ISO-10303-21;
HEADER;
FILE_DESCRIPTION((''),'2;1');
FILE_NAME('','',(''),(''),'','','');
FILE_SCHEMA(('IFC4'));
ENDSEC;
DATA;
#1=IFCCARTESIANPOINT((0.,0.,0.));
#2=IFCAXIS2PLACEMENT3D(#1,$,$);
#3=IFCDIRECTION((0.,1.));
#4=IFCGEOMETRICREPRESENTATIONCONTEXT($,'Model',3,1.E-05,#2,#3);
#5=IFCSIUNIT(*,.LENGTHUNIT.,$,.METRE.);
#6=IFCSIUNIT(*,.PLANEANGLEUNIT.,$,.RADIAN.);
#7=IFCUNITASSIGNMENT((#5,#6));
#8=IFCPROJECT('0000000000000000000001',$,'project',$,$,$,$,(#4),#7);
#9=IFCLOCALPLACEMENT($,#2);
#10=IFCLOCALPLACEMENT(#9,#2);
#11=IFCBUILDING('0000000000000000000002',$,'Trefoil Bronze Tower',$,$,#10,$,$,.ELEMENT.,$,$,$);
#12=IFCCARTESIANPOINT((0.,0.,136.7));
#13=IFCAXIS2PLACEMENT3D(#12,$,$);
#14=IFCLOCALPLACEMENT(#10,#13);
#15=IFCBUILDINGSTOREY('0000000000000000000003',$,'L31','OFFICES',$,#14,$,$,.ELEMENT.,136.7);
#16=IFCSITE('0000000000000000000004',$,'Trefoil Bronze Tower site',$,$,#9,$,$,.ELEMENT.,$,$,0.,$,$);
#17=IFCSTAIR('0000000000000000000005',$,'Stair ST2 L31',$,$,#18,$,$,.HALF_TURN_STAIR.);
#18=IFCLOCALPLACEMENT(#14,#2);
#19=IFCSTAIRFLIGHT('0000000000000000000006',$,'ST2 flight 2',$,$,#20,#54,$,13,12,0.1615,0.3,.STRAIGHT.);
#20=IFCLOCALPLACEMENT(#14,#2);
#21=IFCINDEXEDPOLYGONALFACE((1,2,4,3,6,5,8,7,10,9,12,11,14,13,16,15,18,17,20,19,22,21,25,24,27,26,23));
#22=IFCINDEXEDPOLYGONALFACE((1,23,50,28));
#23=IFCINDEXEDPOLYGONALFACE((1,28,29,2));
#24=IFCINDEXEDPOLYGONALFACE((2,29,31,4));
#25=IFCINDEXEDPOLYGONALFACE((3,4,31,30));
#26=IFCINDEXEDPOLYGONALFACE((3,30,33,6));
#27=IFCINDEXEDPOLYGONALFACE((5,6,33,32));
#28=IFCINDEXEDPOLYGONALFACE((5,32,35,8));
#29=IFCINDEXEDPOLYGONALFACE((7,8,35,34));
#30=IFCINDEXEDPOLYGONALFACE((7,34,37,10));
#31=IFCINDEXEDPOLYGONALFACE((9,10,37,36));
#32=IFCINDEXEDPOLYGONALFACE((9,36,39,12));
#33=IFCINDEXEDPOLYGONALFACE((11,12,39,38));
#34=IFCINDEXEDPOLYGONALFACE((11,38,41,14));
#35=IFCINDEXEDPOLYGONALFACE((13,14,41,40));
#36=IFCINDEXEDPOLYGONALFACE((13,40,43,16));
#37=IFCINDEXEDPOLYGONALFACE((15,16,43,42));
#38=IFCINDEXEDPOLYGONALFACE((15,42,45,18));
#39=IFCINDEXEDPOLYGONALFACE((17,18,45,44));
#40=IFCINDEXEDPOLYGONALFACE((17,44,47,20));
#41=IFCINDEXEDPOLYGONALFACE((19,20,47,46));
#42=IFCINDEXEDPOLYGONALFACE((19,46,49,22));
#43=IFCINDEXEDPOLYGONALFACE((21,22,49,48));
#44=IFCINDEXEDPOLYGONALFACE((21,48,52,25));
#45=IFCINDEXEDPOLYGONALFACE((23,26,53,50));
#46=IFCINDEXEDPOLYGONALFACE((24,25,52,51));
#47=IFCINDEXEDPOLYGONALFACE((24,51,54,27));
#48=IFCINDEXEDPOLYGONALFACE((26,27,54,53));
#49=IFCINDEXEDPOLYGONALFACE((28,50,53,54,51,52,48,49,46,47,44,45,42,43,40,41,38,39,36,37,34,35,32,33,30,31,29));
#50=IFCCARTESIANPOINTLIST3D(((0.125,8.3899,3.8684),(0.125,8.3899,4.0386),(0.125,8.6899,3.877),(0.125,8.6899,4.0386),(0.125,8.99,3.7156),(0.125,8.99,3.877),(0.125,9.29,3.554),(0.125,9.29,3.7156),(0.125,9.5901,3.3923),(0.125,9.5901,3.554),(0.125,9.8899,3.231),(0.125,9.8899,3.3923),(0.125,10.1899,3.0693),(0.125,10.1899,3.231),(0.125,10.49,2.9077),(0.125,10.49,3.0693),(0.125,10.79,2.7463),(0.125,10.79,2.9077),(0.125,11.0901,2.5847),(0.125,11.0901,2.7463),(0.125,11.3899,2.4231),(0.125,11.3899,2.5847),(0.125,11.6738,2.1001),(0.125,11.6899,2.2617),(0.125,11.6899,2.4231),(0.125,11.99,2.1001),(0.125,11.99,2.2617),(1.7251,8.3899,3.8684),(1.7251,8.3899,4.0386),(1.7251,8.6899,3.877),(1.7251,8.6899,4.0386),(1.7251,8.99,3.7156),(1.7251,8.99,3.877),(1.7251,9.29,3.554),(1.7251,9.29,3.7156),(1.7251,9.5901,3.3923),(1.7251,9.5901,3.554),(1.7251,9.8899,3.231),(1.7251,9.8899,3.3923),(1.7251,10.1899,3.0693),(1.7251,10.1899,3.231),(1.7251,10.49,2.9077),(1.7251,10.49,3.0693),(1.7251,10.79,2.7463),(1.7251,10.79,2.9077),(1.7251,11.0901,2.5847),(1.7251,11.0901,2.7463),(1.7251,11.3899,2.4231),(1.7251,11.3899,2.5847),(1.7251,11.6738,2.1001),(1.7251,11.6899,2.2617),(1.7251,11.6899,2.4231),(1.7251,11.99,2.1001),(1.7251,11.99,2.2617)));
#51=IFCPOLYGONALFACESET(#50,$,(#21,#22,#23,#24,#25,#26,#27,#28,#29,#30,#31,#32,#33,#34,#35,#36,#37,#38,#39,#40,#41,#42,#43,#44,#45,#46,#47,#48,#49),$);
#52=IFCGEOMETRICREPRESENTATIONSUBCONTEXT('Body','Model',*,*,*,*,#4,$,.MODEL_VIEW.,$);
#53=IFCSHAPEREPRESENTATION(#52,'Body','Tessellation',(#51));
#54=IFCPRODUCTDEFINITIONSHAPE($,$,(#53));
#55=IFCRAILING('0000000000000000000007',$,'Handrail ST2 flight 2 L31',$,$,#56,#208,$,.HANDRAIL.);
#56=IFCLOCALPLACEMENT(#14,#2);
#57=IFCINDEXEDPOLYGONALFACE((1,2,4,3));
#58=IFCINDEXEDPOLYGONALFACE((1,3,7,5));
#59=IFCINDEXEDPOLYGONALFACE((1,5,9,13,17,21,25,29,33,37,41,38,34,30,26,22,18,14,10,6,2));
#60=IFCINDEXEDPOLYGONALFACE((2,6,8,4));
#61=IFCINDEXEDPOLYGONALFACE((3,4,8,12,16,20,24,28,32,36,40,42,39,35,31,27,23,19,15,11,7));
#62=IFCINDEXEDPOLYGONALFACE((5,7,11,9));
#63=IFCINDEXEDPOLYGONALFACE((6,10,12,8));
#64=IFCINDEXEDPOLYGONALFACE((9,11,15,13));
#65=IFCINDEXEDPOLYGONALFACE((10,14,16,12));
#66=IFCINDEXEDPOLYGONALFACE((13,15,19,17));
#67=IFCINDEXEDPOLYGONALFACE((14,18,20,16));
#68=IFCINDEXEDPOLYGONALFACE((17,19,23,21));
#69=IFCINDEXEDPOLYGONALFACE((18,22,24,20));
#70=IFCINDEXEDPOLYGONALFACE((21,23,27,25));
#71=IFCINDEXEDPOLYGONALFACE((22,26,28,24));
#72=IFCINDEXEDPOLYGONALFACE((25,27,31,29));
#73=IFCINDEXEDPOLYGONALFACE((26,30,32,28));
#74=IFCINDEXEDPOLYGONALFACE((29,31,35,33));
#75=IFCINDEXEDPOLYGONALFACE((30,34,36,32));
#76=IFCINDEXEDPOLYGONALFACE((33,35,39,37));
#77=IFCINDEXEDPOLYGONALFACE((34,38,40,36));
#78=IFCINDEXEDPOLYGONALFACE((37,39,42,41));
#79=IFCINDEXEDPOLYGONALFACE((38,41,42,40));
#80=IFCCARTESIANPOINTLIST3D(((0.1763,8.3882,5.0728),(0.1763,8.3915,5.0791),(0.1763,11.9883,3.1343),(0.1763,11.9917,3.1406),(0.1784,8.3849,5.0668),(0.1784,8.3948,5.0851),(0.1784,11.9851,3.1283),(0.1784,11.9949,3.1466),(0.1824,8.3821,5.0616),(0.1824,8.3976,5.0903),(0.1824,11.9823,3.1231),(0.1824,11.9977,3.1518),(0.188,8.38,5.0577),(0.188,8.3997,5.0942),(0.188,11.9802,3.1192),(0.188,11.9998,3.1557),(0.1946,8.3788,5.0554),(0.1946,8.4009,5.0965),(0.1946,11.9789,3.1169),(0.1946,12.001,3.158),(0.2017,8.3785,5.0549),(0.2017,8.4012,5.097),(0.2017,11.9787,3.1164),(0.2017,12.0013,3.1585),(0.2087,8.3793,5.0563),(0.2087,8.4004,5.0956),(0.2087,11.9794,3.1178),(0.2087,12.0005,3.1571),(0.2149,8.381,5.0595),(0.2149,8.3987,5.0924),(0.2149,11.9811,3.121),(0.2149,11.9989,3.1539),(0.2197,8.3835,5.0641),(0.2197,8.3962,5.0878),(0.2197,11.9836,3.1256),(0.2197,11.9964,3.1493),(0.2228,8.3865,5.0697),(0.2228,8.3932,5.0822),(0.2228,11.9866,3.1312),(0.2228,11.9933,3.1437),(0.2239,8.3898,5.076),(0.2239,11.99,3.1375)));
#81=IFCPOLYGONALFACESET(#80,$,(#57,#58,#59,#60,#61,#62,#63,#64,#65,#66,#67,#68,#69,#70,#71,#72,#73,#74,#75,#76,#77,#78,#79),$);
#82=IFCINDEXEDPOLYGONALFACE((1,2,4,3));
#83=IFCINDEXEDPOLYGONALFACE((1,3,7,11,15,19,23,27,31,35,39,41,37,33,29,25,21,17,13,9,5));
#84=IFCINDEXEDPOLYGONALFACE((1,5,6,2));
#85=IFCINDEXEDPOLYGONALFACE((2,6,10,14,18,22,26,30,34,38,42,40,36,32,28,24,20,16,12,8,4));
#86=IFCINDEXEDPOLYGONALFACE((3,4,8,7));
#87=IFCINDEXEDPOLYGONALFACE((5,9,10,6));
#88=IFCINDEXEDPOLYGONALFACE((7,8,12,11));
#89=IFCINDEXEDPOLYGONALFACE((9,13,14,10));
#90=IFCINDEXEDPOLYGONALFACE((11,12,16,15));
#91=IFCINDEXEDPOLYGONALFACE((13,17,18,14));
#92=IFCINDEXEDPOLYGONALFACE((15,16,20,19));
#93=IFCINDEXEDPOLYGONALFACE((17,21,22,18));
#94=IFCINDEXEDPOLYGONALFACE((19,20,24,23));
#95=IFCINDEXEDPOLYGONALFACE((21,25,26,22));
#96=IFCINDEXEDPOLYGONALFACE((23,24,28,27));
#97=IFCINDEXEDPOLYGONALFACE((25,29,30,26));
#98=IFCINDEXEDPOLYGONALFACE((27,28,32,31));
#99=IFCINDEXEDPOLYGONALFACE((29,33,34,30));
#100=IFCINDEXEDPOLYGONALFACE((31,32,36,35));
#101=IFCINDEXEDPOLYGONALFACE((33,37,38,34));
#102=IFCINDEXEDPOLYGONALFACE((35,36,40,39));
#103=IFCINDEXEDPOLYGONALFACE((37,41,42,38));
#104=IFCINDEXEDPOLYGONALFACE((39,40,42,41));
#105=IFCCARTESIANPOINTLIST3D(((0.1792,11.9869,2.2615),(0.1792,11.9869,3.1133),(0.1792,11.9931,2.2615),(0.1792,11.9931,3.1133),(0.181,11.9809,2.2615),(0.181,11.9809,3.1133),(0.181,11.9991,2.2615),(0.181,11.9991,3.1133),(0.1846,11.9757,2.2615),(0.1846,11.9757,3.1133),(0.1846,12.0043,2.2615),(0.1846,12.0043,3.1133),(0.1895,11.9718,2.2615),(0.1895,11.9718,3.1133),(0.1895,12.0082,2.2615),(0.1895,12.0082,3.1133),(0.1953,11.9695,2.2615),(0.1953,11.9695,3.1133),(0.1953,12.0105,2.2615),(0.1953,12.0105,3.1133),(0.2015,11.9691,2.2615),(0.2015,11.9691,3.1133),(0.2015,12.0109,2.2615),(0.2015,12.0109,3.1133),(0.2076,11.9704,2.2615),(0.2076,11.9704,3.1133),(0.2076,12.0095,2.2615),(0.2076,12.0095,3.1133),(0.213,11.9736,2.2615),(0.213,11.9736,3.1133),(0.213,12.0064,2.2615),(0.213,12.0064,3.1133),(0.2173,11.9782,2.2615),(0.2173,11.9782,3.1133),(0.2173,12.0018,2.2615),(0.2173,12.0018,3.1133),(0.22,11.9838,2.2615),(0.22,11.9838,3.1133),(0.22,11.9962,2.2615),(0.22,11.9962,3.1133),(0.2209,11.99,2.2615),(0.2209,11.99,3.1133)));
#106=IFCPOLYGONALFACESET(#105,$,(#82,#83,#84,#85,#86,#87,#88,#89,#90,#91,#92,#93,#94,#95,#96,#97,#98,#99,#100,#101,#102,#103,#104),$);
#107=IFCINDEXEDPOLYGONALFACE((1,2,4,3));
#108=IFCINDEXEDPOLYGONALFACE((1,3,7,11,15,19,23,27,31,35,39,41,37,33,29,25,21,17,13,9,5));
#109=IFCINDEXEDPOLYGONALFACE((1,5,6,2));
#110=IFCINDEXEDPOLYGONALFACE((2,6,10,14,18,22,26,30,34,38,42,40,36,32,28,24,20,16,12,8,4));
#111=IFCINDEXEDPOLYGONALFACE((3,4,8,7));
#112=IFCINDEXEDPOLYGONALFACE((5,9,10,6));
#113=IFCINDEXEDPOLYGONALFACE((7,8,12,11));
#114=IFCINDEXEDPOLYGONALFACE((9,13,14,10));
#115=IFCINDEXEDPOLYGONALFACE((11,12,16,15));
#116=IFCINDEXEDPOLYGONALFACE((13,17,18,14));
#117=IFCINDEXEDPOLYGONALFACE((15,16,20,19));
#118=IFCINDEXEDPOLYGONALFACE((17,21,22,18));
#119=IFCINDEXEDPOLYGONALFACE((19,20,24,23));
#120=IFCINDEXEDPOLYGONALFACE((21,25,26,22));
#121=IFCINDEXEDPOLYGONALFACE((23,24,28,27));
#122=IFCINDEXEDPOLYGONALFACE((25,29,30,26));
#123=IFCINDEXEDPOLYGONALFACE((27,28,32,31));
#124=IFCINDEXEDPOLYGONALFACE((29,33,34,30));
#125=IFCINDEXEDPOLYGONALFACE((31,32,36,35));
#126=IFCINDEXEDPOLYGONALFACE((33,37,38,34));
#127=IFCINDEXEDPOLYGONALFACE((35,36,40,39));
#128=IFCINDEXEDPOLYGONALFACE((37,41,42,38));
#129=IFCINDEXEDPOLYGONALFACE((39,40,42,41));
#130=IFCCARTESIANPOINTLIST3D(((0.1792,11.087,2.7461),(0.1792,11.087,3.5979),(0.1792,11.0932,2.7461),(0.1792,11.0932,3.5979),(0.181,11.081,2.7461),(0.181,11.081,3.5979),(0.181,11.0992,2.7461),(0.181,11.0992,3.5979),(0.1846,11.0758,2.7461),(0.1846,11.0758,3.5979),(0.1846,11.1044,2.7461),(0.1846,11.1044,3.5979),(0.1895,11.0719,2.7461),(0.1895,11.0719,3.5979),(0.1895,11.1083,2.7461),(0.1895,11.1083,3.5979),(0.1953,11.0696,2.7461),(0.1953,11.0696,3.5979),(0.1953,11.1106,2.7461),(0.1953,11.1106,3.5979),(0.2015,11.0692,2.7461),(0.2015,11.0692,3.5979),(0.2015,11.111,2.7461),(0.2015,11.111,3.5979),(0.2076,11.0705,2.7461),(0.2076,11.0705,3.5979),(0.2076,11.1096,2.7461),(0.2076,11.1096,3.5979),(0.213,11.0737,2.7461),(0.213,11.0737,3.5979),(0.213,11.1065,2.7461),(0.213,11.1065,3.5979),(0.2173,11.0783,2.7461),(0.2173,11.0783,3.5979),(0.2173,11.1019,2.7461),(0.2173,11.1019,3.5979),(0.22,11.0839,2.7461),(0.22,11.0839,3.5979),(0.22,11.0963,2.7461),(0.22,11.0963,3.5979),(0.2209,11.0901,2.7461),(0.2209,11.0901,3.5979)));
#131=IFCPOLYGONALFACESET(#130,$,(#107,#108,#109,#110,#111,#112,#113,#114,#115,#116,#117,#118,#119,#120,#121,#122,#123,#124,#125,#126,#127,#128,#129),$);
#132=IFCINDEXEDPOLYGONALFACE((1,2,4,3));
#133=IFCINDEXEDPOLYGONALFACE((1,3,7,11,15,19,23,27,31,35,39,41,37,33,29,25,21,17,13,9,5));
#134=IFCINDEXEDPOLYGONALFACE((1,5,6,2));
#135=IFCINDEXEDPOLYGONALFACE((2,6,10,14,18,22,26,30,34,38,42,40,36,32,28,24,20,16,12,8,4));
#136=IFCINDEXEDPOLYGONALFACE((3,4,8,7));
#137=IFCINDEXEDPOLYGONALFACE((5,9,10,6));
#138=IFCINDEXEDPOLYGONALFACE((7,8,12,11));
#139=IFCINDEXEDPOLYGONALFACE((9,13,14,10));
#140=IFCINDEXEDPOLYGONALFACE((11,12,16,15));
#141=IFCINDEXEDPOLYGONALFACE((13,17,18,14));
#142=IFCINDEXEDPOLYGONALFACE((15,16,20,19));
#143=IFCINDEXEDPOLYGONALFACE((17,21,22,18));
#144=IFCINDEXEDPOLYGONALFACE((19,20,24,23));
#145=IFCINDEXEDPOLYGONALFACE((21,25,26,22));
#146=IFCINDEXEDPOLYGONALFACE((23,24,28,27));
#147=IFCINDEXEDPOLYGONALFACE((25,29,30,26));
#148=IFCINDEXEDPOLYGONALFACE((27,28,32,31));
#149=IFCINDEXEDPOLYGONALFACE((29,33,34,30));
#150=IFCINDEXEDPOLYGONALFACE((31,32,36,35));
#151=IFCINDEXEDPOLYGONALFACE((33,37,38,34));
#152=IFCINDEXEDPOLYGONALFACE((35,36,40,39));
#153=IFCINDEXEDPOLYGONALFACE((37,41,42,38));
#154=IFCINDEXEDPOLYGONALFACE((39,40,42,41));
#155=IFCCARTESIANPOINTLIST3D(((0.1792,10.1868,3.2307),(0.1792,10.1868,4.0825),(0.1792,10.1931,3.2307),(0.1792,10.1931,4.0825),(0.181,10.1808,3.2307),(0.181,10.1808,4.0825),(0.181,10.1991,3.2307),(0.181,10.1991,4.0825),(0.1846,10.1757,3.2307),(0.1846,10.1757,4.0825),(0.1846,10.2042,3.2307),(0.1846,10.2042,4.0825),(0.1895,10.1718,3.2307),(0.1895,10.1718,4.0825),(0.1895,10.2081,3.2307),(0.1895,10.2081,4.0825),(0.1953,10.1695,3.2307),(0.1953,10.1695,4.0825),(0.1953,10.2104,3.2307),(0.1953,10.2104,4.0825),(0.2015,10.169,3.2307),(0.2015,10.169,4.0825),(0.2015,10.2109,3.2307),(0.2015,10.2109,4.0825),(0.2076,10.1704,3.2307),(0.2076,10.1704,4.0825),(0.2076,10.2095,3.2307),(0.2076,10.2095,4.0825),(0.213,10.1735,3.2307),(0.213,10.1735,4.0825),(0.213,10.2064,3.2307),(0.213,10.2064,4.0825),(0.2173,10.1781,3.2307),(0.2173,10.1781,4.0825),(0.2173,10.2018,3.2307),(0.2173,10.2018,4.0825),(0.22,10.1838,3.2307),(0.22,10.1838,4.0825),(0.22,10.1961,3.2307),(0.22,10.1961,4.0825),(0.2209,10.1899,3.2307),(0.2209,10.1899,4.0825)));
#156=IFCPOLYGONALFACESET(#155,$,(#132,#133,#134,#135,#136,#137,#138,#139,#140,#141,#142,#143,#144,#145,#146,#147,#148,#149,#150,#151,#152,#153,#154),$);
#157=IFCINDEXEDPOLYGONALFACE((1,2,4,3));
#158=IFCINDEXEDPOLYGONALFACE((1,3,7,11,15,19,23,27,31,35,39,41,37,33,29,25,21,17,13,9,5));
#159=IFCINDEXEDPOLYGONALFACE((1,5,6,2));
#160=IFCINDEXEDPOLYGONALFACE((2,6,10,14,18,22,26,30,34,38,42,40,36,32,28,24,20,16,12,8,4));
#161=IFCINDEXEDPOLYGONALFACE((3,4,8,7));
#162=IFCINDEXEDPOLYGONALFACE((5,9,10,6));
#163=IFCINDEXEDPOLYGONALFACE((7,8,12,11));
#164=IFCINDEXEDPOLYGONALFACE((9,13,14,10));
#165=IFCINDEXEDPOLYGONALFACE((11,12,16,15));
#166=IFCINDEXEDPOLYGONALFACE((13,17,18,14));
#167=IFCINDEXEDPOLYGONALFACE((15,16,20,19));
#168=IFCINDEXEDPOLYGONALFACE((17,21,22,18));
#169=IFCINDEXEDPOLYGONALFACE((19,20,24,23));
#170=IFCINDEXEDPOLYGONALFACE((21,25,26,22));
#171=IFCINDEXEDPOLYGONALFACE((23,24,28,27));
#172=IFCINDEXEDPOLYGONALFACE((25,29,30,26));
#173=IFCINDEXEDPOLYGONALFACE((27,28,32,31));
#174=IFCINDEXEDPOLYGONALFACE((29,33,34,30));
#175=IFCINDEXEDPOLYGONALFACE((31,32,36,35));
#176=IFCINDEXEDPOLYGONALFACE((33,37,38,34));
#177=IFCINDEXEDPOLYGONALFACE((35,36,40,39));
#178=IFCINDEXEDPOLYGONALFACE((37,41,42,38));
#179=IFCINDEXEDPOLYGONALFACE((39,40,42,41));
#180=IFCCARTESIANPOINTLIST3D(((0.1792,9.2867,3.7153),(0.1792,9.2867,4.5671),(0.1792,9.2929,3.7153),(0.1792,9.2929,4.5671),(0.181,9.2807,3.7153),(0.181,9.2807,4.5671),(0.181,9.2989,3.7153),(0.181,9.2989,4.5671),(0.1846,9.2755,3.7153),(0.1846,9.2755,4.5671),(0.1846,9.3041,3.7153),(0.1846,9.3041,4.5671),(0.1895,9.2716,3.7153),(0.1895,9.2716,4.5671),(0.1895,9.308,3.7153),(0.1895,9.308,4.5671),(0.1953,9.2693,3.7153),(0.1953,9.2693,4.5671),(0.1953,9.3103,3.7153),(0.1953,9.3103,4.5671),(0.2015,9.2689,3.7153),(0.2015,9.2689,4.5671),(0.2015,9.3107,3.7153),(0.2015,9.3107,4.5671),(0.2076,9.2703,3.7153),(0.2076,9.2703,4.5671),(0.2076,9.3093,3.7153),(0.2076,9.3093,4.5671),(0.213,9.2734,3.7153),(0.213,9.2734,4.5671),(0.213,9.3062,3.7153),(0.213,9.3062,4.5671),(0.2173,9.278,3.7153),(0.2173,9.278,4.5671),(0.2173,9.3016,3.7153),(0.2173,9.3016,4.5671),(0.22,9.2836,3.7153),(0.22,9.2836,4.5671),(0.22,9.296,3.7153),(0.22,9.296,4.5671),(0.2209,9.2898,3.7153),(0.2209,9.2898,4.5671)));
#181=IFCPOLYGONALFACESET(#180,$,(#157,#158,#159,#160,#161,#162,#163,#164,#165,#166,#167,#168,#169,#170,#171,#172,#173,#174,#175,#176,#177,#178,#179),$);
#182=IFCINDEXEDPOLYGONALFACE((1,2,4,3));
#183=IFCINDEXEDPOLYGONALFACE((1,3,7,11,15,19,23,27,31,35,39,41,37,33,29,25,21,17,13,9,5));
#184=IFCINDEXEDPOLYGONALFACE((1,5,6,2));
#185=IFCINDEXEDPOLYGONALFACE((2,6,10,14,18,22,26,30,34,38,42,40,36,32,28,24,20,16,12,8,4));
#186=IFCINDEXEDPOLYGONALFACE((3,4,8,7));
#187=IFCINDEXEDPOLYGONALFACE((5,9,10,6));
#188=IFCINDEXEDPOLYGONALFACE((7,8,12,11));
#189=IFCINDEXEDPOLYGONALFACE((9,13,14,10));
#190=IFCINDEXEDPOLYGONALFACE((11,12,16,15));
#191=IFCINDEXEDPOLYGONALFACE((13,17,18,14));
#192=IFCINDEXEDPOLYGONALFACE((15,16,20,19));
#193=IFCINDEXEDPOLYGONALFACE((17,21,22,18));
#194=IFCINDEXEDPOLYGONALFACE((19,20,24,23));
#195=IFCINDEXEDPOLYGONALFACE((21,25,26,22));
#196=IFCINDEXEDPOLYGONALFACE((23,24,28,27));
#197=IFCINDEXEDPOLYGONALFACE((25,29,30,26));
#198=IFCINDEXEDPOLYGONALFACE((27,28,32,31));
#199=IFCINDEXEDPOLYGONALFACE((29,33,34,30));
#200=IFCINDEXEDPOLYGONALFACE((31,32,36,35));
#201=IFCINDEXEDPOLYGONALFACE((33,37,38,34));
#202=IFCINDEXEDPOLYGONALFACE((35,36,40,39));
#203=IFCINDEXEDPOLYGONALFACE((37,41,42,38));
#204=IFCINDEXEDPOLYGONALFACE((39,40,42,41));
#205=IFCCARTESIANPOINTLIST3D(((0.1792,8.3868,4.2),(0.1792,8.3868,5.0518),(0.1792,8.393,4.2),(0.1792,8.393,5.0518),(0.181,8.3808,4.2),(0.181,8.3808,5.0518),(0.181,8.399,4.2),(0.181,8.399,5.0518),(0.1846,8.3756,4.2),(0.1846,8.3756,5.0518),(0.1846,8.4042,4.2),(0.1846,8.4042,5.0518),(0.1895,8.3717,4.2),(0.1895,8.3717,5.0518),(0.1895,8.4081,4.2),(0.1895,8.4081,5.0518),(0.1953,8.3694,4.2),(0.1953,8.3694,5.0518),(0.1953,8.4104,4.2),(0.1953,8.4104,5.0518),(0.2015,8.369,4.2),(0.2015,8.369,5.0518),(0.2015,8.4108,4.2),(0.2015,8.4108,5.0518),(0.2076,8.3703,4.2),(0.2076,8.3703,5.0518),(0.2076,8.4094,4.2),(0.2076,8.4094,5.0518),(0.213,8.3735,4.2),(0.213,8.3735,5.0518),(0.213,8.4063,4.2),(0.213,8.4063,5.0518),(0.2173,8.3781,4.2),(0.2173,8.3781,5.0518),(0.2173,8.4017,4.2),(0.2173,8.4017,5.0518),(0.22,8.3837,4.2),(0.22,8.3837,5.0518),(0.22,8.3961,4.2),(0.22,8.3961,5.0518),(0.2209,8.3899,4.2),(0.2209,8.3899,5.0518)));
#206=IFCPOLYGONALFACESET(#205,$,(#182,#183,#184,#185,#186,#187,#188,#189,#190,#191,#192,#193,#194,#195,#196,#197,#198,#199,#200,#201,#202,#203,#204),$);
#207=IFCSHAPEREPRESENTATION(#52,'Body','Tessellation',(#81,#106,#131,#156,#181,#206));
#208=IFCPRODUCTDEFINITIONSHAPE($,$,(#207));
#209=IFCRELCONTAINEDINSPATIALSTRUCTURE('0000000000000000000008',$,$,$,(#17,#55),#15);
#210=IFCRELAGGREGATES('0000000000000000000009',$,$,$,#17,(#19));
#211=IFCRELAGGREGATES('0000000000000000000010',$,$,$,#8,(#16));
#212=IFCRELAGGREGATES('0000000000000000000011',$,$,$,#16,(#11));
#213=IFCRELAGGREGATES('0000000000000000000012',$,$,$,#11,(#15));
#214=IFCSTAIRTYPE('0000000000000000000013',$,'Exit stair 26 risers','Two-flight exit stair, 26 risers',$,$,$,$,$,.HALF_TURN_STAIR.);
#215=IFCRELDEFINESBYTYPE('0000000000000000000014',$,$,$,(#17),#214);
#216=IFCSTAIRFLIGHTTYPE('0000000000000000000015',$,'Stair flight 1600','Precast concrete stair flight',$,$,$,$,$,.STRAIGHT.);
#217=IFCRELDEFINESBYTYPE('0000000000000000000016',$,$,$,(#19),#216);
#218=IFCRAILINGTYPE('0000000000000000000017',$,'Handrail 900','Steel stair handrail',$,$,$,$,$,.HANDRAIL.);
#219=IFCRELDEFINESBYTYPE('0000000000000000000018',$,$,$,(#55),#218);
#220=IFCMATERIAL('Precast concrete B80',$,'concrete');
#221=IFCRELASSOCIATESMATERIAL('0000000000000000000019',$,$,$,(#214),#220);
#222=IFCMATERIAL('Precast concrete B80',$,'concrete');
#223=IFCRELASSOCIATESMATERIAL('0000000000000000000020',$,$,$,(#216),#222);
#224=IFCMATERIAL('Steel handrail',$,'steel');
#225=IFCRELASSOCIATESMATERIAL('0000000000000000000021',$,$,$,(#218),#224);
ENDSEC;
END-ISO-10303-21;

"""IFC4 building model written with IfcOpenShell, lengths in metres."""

from ifc_helpers import new_model, si_unit, direction, frame, origin, origin_2d, place, context, subcontext, project, spatial, polyline, circle, outline, extrude, material, type_object, element, aggregate, save


model = new_model("IFC4")

# Units and contexts
model_context = context("Model", 3, precision=1e-05, world=origin(), true_north=direction((0.0, 1.0)))
body_context = subcontext(model_context, "Body", "Model", "MODEL_VIEW")
ifc_project = project(units=[si_unit("LENGTHUNIT", "METRE"), si_unit("PLANEANGLEUNIT", "RADIAN")], contexts=[model_context])

# Site, building, storey
site_placement = place(None, origin())
site = spatial("IfcSite", under=ifc_project, at=site_placement, Name="Trefoil Bronze Tower site", CompositionType="ELEMENT", RefElevation=0.0)
building_placement = place(site_placement, origin())
building = spatial("IfcBuilding", under=site, at=building_placement, Name="Trefoil Bronze Tower", CompositionType="ELEMENT")
storey_placement = place(building_placement, frame((0.0, 0.0, 136.7)))
storey = spatial("IfcBuildingStorey", under=building, at=storey_placement, Name="L31", Description="OFFICES", CompositionType="ELEMENT", Elevation=136.7)

# Stair, stair flight
ifc_material_1 = material(Name="Precast concrete B80", Category="concrete")
stair_type = type_object("IfcStairType", Name="Exit stair 26 risers", Description="Two-flight exit stair, 26 risers", PredefinedType="HALF_TURN_STAIR", material=ifc_material_1)
stair_placement = place(storey_placement, origin())
stair = element("IfcStair", 1, at=stair_placement, inside=storey, type_object=stair_type, Name="Stair ST2 L31", PredefinedType="HALF_TURN_STAIR")
ifc_material_2 = material(Name="Precast concrete B80", Category="concrete")
stair_flight_type = type_object("IfcStairFlightType", Name="Stair flight 1600", Description="Precast concrete stair flight", PredefinedType="STRAIGHT", material=ifc_material_2)
stair_flight_placement = place(storey_placement, frame((0.925, 11.99, 2.1001), z_axis=(0.0, 0.0, 1.0), x_axis=(0.0, -1.0, 0.0)))
stair_flight = element("IfcStairFlight", 2, at=stair_flight_placement, type_object=stair_flight_type, Name="ST2 flight 2", NumberOfRisers=13, NumberOfTreads=12, PredefinedType="STRAIGHT", RiserHeight=0.1615, TreadLength=0.3, context=body_context, shape_type="SweptSolid", body=[
    extrude(outline(polyline([(0.0, 0.0), (0.0, 0.1616), (0.3, 0.1616), (0.3, 0.323), (0.6001, 0.323), (0.6001, 0.4846), (0.8999, 0.4846), (0.8999, 0.6462), (1.2, 0.6462), (1.2, 0.8076), (1.5, 0.8076), (1.5, 0.9692), (1.8, 0.9692), (1.8, 1.1309), (2.1001, 1.1309), (2.1001, 1.2922), (2.3999, 1.2922), (2.3999, 1.4539), (2.7, 1.4539), (2.7, 1.6155), (3.0, 1.6155), (3.0, 1.7769), (3.3, 1.7769), (3.3, 1.9385), (3.6001, 1.9385), (3.6001, 2.1001), (3.6001, 1.7683), (0.3162, 0.0), (0.0, 0.0)])), frame((0.0, 0.8, 0.0), z_axis=(0.0, -1.0, 0.0), x_axis=(1.0, 0.0, 0.0)), (0.0, 0.0, 1.0), 1.6001),
])
aggregate(stair, [stair_flight])

# Railing
ifc_material_3 = material(Name="Steel handrail", Category="steel")
railing_type = type_object("IfcRailingType", Name="Handrail 900", Description="Steel stair handrail", PredefinedType="HANDRAIL", material=ifc_material_3)
railing_placement = place(storey_placement, frame((0.2, 11.99, 2.2615)))
element("IfcRailing", 3, at=railing_placement, inside=storey, type_object=railing_type, Name="Handrail ST2 flight 2 L31", PredefinedType="HANDRAIL", context=body_context, shape_type="SweptSolid", body=[
    extrude(circle(Radius=0.0239, at=origin_2d()), frame((0.0, 0.0, 0.876), z_axis=(0.0, -0.880475, 0.474093), x_axis=(1.0, 0.0, 0.0)), (0.0, 0.0, 1.0), 4.0889),
    extrude(circle(Radius=0.021, at=origin_2d()), origin(), (0.0, 0.0, 1.0), 0.8518),
    extrude(circle(Radius=0.021, at=origin_2d()), frame((0.0, -0.8999, 0.4846)), (0.0, 0.0, 1.0), 0.8518),
    extrude(circle(Radius=0.021, at=origin_2d()), frame((0.0, -1.8, 0.9692)), (0.0, 0.0, 1.0), 0.8518),
    extrude(circle(Radius=0.021, at=origin_2d()), frame((0.0, -2.7002, 1.4539)), (0.0, 0.0, 1.0), 0.8518),
    extrude(circle(Radius=0.021, at=origin_2d()), frame((0.0, -3.6001, 1.9385)), (0.0, 0.0, 1.0), 0.8518),
])

save(model, "model.ifc")
